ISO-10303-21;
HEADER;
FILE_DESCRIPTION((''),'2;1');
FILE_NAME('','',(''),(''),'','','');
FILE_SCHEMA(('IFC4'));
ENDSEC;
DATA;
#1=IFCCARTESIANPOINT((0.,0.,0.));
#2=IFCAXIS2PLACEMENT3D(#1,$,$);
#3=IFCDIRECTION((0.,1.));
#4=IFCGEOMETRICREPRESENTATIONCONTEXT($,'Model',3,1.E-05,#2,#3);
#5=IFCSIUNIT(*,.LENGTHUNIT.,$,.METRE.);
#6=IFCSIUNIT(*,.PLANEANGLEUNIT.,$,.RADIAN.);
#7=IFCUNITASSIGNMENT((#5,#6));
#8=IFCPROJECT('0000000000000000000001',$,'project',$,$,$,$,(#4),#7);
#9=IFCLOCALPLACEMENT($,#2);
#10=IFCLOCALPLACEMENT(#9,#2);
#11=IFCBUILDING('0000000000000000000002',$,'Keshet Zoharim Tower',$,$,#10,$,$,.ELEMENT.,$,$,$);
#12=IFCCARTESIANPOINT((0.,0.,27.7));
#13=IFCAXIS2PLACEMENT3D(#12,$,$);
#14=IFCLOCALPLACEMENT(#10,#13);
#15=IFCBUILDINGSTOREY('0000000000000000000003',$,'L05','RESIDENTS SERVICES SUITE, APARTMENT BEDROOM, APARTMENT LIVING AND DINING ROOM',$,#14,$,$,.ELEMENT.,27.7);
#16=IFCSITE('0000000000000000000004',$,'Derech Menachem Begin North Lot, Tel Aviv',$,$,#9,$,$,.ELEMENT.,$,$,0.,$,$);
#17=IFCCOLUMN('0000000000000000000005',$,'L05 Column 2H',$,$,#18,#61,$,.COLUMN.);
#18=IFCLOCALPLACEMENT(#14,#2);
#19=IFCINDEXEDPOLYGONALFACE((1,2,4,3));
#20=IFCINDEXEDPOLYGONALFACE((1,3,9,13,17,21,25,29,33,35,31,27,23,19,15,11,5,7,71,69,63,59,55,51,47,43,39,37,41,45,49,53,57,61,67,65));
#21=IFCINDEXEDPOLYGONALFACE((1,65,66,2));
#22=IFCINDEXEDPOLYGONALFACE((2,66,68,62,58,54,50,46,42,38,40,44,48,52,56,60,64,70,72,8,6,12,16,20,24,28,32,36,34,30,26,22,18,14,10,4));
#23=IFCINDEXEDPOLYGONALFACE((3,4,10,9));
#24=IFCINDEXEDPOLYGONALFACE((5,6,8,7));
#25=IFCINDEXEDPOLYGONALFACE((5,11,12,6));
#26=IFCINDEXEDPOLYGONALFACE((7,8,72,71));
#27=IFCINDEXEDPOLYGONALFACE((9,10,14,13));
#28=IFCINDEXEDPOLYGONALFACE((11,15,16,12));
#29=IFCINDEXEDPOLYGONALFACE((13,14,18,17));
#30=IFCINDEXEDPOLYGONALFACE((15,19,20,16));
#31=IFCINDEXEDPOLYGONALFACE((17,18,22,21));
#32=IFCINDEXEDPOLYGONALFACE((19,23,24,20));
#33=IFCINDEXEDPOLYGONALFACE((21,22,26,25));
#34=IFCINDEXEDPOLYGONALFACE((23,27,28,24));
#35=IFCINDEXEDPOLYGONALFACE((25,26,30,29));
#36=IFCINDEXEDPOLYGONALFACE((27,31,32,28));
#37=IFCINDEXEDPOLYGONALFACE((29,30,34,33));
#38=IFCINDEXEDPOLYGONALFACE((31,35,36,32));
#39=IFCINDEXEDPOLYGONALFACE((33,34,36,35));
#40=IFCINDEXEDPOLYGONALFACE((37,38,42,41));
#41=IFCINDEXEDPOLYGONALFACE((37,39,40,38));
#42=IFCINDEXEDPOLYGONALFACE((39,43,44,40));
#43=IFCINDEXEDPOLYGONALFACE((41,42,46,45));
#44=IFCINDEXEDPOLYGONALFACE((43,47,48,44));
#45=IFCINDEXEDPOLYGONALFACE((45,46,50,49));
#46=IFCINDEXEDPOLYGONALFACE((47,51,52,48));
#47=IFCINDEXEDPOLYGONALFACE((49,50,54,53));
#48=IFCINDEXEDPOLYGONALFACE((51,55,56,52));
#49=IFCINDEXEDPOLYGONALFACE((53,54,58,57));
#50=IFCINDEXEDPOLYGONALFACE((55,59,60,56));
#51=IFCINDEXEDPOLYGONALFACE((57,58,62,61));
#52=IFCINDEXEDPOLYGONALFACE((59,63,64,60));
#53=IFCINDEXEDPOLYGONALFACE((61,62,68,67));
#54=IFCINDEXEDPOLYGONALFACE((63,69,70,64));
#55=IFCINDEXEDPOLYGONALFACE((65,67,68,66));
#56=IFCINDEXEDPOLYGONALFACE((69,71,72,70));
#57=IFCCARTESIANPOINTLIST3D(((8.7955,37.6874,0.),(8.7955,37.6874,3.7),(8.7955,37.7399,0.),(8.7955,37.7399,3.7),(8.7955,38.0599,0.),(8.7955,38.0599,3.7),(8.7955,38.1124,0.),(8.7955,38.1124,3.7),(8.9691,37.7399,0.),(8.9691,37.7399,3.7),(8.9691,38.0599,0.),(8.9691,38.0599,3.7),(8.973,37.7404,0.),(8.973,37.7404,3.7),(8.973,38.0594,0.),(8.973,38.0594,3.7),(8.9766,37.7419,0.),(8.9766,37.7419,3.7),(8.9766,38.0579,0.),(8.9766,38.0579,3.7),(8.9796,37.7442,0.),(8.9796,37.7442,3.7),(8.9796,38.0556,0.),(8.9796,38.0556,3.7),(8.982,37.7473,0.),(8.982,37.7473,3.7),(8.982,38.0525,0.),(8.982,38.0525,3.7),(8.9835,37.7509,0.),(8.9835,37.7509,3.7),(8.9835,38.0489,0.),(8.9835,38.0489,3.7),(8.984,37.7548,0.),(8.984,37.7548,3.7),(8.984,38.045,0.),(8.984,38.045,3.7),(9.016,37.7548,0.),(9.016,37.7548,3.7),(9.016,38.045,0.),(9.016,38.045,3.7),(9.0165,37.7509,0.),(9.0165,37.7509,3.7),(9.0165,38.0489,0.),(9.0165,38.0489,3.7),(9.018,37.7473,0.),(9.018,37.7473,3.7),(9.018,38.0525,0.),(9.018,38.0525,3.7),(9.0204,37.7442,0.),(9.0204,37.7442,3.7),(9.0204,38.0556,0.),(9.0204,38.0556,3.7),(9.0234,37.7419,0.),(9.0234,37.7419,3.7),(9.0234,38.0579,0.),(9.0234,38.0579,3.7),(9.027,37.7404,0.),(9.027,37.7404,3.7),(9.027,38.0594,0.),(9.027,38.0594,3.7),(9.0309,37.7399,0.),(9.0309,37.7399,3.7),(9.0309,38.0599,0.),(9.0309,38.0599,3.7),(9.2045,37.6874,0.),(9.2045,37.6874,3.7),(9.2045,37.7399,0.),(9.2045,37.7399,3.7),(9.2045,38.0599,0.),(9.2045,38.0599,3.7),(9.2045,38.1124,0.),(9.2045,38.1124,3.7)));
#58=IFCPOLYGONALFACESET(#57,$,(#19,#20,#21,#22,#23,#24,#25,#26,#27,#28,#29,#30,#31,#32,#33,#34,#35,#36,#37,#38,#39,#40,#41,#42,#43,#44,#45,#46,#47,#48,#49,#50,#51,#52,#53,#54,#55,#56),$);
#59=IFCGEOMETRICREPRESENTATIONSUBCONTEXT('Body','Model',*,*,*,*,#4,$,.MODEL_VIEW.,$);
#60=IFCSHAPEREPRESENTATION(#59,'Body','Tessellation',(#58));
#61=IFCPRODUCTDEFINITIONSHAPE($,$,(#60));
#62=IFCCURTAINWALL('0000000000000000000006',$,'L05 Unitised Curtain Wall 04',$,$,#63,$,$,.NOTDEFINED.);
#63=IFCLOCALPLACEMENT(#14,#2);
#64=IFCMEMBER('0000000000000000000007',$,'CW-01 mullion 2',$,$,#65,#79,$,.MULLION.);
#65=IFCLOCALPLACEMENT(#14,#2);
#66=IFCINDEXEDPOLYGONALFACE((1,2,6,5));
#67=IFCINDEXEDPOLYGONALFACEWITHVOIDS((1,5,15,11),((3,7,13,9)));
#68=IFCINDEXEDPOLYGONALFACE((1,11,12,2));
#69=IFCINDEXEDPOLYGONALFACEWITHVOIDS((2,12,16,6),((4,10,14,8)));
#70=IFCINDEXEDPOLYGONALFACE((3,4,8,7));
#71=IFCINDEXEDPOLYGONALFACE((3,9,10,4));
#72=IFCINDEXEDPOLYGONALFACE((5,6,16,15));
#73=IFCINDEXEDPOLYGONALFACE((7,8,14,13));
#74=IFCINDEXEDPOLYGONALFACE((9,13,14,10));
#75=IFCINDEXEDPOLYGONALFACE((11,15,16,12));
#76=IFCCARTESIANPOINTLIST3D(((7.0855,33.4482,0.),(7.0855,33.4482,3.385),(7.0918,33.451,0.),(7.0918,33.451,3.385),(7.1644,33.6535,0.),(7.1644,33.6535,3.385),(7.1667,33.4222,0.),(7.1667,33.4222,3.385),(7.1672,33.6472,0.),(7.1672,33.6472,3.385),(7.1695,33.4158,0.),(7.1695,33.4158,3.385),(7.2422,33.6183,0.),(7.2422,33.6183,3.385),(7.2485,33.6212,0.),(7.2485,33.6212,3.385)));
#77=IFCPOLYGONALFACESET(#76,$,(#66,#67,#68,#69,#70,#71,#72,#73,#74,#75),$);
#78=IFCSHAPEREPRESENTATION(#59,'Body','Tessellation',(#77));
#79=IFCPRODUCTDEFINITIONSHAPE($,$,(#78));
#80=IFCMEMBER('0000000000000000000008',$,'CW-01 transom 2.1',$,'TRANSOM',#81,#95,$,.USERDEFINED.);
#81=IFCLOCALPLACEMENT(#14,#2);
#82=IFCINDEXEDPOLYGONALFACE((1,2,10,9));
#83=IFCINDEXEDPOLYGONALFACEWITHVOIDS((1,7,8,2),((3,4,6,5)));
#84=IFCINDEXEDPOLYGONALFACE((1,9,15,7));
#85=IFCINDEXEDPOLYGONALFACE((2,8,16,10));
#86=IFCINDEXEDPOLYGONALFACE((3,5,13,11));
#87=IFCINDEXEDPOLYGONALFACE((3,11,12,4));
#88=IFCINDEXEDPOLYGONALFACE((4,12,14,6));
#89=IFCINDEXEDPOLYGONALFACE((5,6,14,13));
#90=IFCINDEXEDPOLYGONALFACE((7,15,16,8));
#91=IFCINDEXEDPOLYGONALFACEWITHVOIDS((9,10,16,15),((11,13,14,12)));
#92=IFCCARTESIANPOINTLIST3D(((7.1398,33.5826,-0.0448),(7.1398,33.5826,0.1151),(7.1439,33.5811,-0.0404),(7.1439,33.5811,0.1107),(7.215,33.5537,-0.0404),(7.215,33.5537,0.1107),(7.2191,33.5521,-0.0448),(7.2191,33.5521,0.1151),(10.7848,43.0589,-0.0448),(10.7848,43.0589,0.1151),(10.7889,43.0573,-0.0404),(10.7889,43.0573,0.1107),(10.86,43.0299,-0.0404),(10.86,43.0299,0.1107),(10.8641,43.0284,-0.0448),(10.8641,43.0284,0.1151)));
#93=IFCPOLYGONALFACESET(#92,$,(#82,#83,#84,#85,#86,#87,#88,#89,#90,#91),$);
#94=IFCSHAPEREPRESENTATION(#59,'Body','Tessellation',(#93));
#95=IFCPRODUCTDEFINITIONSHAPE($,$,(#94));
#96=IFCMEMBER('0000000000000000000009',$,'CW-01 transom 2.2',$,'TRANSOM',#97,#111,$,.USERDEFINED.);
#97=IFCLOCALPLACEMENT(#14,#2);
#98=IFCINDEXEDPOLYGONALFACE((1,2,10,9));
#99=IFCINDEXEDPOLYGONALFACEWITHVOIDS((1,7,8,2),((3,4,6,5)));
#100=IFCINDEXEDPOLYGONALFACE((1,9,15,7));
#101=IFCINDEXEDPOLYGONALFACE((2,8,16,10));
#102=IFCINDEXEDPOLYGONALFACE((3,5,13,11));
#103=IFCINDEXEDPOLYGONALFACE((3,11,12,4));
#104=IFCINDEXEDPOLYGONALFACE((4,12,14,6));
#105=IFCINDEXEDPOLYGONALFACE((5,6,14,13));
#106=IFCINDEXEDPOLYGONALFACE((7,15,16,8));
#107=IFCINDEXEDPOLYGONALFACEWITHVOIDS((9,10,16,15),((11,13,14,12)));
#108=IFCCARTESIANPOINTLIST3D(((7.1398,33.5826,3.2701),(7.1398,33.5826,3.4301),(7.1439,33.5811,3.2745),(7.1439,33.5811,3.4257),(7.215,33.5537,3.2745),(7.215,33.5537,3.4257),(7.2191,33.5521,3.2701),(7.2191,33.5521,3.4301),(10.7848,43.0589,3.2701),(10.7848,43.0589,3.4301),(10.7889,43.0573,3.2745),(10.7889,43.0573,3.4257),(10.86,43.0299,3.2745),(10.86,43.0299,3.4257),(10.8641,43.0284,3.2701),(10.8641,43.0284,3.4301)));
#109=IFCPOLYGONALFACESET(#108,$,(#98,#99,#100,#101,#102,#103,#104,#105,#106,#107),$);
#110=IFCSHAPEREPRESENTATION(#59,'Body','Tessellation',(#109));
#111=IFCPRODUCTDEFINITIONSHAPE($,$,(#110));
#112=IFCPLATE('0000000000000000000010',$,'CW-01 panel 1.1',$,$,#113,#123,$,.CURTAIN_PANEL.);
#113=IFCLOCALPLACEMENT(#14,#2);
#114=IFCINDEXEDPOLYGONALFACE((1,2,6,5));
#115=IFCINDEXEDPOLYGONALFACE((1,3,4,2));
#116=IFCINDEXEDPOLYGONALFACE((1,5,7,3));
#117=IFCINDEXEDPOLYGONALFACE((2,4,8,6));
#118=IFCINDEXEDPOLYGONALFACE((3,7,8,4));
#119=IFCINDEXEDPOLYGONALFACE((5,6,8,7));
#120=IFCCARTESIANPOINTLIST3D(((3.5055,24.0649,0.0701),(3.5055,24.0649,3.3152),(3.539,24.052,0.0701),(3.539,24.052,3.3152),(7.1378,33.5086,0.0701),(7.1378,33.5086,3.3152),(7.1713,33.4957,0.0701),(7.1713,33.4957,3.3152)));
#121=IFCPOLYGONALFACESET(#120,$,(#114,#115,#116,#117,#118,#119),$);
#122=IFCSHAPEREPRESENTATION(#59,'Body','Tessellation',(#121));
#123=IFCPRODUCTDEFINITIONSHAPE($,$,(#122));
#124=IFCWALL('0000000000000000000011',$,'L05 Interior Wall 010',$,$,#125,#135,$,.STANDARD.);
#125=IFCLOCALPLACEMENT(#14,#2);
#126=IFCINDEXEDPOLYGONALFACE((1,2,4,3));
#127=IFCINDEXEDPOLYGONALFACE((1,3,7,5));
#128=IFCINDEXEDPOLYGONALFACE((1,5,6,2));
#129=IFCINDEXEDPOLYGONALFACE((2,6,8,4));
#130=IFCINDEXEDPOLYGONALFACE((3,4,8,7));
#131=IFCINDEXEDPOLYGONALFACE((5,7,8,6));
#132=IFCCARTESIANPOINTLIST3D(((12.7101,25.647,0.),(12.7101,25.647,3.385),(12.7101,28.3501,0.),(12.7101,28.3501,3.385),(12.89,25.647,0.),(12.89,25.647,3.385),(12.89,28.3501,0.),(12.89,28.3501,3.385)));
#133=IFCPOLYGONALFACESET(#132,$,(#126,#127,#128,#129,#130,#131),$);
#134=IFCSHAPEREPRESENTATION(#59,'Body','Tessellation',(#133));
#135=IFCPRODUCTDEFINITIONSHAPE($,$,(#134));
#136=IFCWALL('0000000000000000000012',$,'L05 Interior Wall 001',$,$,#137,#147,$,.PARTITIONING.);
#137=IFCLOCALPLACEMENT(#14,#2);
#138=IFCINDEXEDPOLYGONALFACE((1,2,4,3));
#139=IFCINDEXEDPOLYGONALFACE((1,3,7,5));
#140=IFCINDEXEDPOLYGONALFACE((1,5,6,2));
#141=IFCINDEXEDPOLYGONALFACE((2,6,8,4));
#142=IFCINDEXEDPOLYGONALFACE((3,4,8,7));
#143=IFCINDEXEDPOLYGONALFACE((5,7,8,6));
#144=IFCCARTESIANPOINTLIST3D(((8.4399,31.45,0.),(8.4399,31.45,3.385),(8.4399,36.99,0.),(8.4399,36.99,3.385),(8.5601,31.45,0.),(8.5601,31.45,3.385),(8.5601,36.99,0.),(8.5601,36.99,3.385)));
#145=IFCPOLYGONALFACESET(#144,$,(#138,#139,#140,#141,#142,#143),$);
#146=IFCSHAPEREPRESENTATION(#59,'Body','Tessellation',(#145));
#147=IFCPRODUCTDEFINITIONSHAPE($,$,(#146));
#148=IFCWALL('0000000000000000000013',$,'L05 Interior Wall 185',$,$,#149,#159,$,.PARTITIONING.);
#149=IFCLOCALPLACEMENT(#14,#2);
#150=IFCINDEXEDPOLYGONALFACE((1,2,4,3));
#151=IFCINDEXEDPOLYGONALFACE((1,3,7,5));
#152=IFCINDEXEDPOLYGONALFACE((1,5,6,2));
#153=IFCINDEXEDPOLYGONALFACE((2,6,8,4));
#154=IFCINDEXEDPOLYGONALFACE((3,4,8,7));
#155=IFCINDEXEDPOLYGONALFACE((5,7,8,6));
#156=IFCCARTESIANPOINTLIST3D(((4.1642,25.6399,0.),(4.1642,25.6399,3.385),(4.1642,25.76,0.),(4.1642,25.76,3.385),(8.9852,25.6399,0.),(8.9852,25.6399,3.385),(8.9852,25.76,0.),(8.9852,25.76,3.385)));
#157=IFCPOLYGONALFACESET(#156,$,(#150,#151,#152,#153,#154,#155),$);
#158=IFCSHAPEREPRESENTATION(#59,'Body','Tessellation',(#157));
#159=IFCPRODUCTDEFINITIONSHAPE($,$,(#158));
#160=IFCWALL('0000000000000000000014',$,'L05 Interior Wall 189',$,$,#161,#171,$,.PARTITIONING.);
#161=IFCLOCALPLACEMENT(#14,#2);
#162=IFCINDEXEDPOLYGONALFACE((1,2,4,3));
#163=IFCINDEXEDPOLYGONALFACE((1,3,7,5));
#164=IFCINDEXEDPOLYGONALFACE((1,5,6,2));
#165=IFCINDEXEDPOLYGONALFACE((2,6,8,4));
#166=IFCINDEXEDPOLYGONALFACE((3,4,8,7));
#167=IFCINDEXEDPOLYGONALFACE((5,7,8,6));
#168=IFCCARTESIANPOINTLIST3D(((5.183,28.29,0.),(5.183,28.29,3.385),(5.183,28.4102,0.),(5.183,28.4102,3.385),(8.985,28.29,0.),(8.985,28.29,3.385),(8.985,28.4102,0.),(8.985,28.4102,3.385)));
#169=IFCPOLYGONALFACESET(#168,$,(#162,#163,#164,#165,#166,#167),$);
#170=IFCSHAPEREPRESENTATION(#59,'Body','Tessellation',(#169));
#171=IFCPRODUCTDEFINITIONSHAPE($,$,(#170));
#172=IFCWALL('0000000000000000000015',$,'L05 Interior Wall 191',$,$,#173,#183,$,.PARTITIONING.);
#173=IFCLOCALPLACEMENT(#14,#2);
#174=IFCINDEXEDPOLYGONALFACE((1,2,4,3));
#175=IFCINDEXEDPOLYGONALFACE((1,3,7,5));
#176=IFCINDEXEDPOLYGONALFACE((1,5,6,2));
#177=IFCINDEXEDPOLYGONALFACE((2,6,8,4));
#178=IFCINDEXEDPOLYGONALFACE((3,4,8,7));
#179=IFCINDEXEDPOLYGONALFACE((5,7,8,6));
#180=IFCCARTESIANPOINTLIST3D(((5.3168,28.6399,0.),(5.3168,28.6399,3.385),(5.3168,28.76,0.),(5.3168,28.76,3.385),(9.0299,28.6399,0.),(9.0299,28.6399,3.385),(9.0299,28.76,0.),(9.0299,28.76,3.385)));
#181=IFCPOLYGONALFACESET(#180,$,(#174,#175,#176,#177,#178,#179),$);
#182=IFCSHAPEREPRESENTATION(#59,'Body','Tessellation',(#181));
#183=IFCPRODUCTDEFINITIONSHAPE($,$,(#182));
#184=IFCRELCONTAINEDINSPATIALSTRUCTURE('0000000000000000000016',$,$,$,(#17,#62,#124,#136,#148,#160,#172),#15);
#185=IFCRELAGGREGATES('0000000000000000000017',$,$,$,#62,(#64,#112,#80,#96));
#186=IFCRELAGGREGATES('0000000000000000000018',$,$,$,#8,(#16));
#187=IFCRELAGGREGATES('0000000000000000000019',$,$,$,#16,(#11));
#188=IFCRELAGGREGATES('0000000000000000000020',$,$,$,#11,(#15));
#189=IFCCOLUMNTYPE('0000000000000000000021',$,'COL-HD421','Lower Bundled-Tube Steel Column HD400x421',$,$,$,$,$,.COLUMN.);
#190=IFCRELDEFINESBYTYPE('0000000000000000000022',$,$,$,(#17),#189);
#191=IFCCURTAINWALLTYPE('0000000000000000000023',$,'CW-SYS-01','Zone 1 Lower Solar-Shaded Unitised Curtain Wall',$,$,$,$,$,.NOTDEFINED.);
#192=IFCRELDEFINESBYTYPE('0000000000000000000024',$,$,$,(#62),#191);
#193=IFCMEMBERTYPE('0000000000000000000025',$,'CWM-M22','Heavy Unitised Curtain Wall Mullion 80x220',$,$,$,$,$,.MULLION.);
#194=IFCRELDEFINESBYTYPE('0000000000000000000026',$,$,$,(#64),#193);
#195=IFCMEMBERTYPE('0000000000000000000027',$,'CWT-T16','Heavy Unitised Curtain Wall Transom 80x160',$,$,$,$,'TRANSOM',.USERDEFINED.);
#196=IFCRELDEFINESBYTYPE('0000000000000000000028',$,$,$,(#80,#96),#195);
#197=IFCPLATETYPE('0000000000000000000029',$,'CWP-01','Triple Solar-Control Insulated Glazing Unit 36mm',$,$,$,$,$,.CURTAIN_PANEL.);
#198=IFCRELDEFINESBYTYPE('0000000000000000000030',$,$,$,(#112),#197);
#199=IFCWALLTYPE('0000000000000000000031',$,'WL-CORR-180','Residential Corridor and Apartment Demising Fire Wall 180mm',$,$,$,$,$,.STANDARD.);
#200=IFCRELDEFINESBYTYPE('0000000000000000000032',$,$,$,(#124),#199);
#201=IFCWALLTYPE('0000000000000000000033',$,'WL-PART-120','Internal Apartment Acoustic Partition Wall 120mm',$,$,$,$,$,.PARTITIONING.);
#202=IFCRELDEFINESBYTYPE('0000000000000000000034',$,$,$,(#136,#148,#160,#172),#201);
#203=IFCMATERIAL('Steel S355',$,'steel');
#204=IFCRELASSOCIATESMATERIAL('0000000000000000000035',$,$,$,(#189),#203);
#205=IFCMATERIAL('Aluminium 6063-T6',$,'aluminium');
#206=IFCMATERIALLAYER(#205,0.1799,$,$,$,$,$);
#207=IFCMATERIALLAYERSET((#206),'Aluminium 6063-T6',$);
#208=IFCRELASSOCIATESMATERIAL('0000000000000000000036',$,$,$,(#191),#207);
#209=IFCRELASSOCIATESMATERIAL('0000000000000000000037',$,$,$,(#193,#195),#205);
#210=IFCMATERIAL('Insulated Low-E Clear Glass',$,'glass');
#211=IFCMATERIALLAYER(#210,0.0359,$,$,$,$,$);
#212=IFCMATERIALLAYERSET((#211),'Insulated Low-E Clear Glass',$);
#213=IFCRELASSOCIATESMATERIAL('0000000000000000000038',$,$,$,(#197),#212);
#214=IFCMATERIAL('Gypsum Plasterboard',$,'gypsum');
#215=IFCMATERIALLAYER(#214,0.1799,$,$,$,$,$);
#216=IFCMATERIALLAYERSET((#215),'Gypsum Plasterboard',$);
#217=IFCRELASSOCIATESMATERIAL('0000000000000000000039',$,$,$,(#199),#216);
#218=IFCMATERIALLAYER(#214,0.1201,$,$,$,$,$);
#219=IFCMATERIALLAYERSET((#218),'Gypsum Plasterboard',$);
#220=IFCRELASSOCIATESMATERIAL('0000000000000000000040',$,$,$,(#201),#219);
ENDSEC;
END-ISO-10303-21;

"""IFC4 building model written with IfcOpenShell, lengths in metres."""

from ifc_helpers import new_model, si_unit, direction, frame, frame_2d, origin, origin_2d, place, context, subcontext, project, spatial, rectangle, hollow_rectangle, i_section, extrude, material, layer, layer_set, material_profile, profile_set, type_object, element, aggregate, save


model = new_model("IFC4")

# Units and contexts
model_context = context("Model", 3, precision=1e-05, world=origin(), true_north=direction((0.0, 1.0)))
body_context = subcontext(model_context, "Body", "Model", "MODEL_VIEW")
ifc_project = project(units=[si_unit("LENGTHUNIT", "METRE"), si_unit("PLANEANGLEUNIT", "RADIAN")], contexts=[model_context])

# Site, building, storey
site_placement = place(None, origin())
site = spatial("IfcSite", under=ifc_project, at=site_placement, Name="Derech Menachem Begin North Lot, Tel Aviv", CompositionType="ELEMENT", RefElevation=0.0)
building_placement = place(site_placement, origin())
building = spatial("IfcBuilding", under=site, at=building_placement, Name="Keshet Zoharim Tower", CompositionType="ELEMENT")
storey_placement = place(building_placement, frame((0.0, 0.0, 27.7)))
storey = spatial("IfcBuildingStorey", under=building, at=storey_placement, Name="L05", Description="RESIDENTS SERVICES SUITE, APARTMENT BEDROOM, APARTMENT LIVING AND DINING ROOM", CompositionType="ELEMENT", Elevation=27.7)

# Column
ifc_material_1 = material(Name="Steel S355", Category="steel")
ifc_material_profile_1 = material_profile(ifc_material_1, i_section(OverallWidth=0.4089, OverallDepth=0.425, WebThickness=0.032, FlangeThickness=0.0525, FilletRadius=0.0149, at=origin_2d()), Name="HD400x421")
ifc_profile_set_1 = profile_set([ifc_material_profile_1], Name="Steel S355")
column_type = type_object("IfcColumnType", Name="COL-HD421", Description="Lower Bundled-Tube Steel Column HD400x421", PredefinedType="COLUMN", material=ifc_profile_set_1)
column_placement = place(storey_placement, frame((9.0, 37.8999, 0.0), z_axis=(0.0, 0.0, 1.0), x_axis=(1.0, 0.0, 0.0)))
element("IfcColumn", 1, at=column_placement, inside=storey, type_object=column_type, Name="L05 Column 2H", PredefinedType="COLUMN", context=body_context, shape_type="SweptSolid", body=[
    extrude(i_section(OverallWidth=0.4089, OverallDepth=0.425, WebThickness=0.032, FlangeThickness=0.0525, FilletRadius=0.0149, at=origin_2d()), origin(), (0.0, 0.0, 1.0), 3.7),
])

# Curtain wall, members, plate
ifc_material_2 = material(Name="Aluminium 6063-T6", Category="aluminium")
ifc_layer_1 = layer(ifc_material_2, 0.1799)
ifc_layer_set_1 = layer_set([ifc_layer_1], Name="Aluminium 6063-T6")
curtain_wall_type = type_object("IfcCurtainWallType", Name="CW-SYS-01", Description="Zone 1 Lower Solar-Shaded Unitised Curtain Wall", PredefinedType="NOTDEFINED", material=ifc_layer_set_1)
curtain_wall_placement = place(storey_placement, origin())
curtain_wall = element("IfcCurtainWall", 2, at=curtain_wall_placement, inside=storey, type_object=curtain_wall_type, Name="L05 Unitised Curtain Wall 04", PredefinedType="NOTDEFINED")
ifc_material_profile_2 = material_profile(ifc_material_2, hollow_rectangle(XDim=0.0901, YDim=0.22, WallThickness=0.0049, at=origin_2d()), Name="MUL-90x220")
ifc_profile_set_2 = profile_set([ifc_material_profile_2], Name="Aluminium 6063-T6")
member_type_1 = type_object("IfcMemberType", Name="CWM-M22", Description="Heavy Unitised Curtain Wall Mullion 80x220", PredefinedType="MULLION", material=ifc_profile_set_2)
member_1_placement = place(storey_placement, frame((7.167, 33.5347, 0.0), z_axis=(0.0, 0.0, 1.0), x_axis=(-0.933341, 0.35899, 0.0)))
member_1 = element("IfcMember", 3, at=member_1_placement, type_object=member_type_1, Name="CW-01 mullion 2", PredefinedType="MULLION", context=body_context, shape_type="SweptSolid", body=[
    extrude(hollow_rectangle(XDim=0.0901, YDim=0.22, WallThickness=0.0049, at=origin_2d()), origin(), (0.0, 0.0, 1.0), 3.385),
])
ifc_material_profile_3 = material_profile(ifc_material_2, hollow_rectangle(XDim=0.085, YDim=0.1599, WallThickness=0.0044, at=origin_2d()), Name="TRN-85x160")
ifc_profile_set_3 = profile_set([ifc_material_profile_3], Name="Aluminium 6063-T6")
member_type_2 = type_object("IfcMemberType", Name="CWT-T16", Description="Heavy Unitised Curtain Wall Transom 80x160", ElementType="TRANSOM", PredefinedType="USERDEFINED", material=ifc_profile_set_3)
member_2_placement = place(storey_placement, frame((7.1794, 33.5674, 0.0352), z_axis=(0.359003, 0.933336, 0.0), x_axis=(-0.933336, 0.359003, 0.0)))
member_2 = element("IfcMember", 4, at=member_2_placement, type_object=member_type_2, Name="CW-01 transom 2.1", ObjectType="TRANSOM", PredefinedType="USERDEFINED", context=body_context, shape_type="SweptSolid", body=[
    extrude(hollow_rectangle(XDim=0.085, YDim=0.1599, WallThickness=0.0044, at=origin_2d()), origin(), (0.0, 0.0, 1.0), 10.1531),
])
member_3_placement = place(storey_placement, frame((7.1794, 33.5674, 3.3501), z_axis=(0.359003, 0.933336, 0.0), x_axis=(-0.933336, 0.359003, 0.0)))
member_3 = element("IfcMember", 5, at=member_3_placement, type_object=member_type_2, Name="CW-01 transom 2.2", ObjectType="TRANSOM", PredefinedType="USERDEFINED", context=body_context, shape_type="SweptSolid", body=[
    extrude(hollow_rectangle(XDim=0.085, YDim=0.1599, WallThickness=0.0044, at=origin_2d()), origin(), (0.0, 0.0, 1.0), 10.1531),
])
ifc_material_3 = material(Name="Insulated Low-E Clear Glass", Category="glass")
ifc_layer_2 = layer(ifc_material_3, 0.0359)
ifc_layer_set_2 = layer_set([ifc_layer_2], Name="Insulated Low-E Clear Glass")
plate_type = type_object("IfcPlateType", Name="CWP-01", Description="Triple Solar-Control Insulated Glazing Unit 36mm", PredefinedType="CURTAIN_PANEL", material=ifc_layer_set_2)
plate_placement = place(storey_placement, frame((5.3384, 28.7803, 0.0701), z_axis=(0.0, 0.0, 1.0), x_axis=(0.35899, 0.933341, 0.0)))
plate = element("IfcPlate", 6, at=plate_placement, type_object=plate_type, Name="CW-01 panel 1.1", PredefinedType="CURTAIN_PANEL", context=body_context, shape_type="SweptSolid", body=[
    extrude(rectangle(XDim=10.1182, YDim=0.0359, at=origin_2d()), origin(), (0.0, 0.0, 1.0), 3.2451),
])
aggregate(curtain_wall, [member_1, plate, member_2, member_3])

# Wall
ifc_material_4 = material(Name="Gypsum Plasterboard", Category="gypsum")
ifc_layer_3 = layer(ifc_material_4, 0.1799)
ifc_layer_set_3 = layer_set([ifc_layer_3], Name="Gypsum Plasterboard")
wall_type_1 = type_object("IfcWallType", Name="WL-CORR-180", Description="Residential Corridor and Apartment Demising Fire Wall 180mm", PredefinedType="STANDARD", material=ifc_layer_set_3)
wall_1_placement = place(storey_placement, frame((12.8, 25.647, 0.0), z_axis=(0.0, 0.0, 1.0), x_axis=(0.0, 1.0, 0.0)))
element("IfcWall", 7, at=wall_1_placement, inside=storey, type_object=wall_type_1, Name="L05 Interior Wall 010", PredefinedType="STANDARD", context=body_context, shape_type="SweptSolid", body=[
    extrude(rectangle(XDim=2.7031, YDim=0.1799, at=frame_2d((1.3516, 0.0))), origin(), (0.0, 0.0, 1.0), 3.385),
])

# Wall
ifc_layer_4 = layer(ifc_material_4, 0.1201)
ifc_layer_set_4 = layer_set([ifc_layer_4], Name="Gypsum Plasterboard")
wall_type_2 = type_object("IfcWallType", Name="WL-PART-120", Description="Internal Apartment Acoustic Partition Wall 120mm", PredefinedType="PARTITIONING", material=ifc_layer_set_4)
wall_2_placement = place(storey_placement, frame((8.5, 31.45, 0.0), z_axis=(0.0, 0.0, 1.0), x_axis=(0.0, 1.0, 0.0)))
element("IfcWall", 8, at=wall_2_placement, inside=storey, type_object=wall_type_2, Name="L05 Interior Wall 001", PredefinedType="PARTITIONING", context=body_context, shape_type="SweptSolid", body=[
    extrude(rectangle(XDim=5.54, YDim=0.1201, at=frame_2d((2.77, 0.0))), origin(), (0.0, 0.0, 1.0), 3.385),
])

# Walls
wall_3_placement = place(storey_placement, frame((4.1641, 25.7, 0.0), z_axis=(0.0, 0.0, 1.0), x_axis=(1.0, 0.0, 0.0)))
element("IfcWall", 9, at=wall_3_placement, inside=storey, type_object=wall_type_2, Name="L05 Interior Wall 185", PredefinedType="PARTITIONING", context=body_context, shape_type="SweptSolid", body=[
    extrude(rectangle(XDim=4.821, YDim=0.1201, at=frame_2d((2.4106, 0.0))), origin(), (0.0, 0.0, 1.0), 3.385),
])
wall_4_placement = place(storey_placement, frame((5.1831, 28.3501, 0.0), z_axis=(0.0, 0.0, 1.0), x_axis=(1.0, 0.0, 0.0)))
element("IfcWall", 10, at=wall_4_placement, inside=storey, type_object=wall_type_2, Name="L05 Interior Wall 189", PredefinedType="PARTITIONING", context=body_context, shape_type="SweptSolid", body=[
    extrude(rectangle(XDim=3.802, YDim=0.1201, at=frame_2d((1.9009, 0.0))), origin(), (0.0, 0.0, 1.0), 3.385),
])
wall_5_placement = place(storey_placement, frame((5.3169, 28.7, 0.0), z_axis=(0.0, 0.0, 1.0), x_axis=(1.0, 0.0, 0.0)))
element("IfcWall", 11, at=wall_5_placement, inside=storey, type_object=wall_type_2, Name="L05 Interior Wall 191", PredefinedType="PARTITIONING", context=body_context, shape_type="SweptSolid", body=[
    extrude(rectangle(XDim=3.7131, YDim=0.1201, at=frame_2d((1.8564, 0.0))), origin(), (0.0, 0.0, 1.0), 3.385),
])

save(model, "model.ifc")
